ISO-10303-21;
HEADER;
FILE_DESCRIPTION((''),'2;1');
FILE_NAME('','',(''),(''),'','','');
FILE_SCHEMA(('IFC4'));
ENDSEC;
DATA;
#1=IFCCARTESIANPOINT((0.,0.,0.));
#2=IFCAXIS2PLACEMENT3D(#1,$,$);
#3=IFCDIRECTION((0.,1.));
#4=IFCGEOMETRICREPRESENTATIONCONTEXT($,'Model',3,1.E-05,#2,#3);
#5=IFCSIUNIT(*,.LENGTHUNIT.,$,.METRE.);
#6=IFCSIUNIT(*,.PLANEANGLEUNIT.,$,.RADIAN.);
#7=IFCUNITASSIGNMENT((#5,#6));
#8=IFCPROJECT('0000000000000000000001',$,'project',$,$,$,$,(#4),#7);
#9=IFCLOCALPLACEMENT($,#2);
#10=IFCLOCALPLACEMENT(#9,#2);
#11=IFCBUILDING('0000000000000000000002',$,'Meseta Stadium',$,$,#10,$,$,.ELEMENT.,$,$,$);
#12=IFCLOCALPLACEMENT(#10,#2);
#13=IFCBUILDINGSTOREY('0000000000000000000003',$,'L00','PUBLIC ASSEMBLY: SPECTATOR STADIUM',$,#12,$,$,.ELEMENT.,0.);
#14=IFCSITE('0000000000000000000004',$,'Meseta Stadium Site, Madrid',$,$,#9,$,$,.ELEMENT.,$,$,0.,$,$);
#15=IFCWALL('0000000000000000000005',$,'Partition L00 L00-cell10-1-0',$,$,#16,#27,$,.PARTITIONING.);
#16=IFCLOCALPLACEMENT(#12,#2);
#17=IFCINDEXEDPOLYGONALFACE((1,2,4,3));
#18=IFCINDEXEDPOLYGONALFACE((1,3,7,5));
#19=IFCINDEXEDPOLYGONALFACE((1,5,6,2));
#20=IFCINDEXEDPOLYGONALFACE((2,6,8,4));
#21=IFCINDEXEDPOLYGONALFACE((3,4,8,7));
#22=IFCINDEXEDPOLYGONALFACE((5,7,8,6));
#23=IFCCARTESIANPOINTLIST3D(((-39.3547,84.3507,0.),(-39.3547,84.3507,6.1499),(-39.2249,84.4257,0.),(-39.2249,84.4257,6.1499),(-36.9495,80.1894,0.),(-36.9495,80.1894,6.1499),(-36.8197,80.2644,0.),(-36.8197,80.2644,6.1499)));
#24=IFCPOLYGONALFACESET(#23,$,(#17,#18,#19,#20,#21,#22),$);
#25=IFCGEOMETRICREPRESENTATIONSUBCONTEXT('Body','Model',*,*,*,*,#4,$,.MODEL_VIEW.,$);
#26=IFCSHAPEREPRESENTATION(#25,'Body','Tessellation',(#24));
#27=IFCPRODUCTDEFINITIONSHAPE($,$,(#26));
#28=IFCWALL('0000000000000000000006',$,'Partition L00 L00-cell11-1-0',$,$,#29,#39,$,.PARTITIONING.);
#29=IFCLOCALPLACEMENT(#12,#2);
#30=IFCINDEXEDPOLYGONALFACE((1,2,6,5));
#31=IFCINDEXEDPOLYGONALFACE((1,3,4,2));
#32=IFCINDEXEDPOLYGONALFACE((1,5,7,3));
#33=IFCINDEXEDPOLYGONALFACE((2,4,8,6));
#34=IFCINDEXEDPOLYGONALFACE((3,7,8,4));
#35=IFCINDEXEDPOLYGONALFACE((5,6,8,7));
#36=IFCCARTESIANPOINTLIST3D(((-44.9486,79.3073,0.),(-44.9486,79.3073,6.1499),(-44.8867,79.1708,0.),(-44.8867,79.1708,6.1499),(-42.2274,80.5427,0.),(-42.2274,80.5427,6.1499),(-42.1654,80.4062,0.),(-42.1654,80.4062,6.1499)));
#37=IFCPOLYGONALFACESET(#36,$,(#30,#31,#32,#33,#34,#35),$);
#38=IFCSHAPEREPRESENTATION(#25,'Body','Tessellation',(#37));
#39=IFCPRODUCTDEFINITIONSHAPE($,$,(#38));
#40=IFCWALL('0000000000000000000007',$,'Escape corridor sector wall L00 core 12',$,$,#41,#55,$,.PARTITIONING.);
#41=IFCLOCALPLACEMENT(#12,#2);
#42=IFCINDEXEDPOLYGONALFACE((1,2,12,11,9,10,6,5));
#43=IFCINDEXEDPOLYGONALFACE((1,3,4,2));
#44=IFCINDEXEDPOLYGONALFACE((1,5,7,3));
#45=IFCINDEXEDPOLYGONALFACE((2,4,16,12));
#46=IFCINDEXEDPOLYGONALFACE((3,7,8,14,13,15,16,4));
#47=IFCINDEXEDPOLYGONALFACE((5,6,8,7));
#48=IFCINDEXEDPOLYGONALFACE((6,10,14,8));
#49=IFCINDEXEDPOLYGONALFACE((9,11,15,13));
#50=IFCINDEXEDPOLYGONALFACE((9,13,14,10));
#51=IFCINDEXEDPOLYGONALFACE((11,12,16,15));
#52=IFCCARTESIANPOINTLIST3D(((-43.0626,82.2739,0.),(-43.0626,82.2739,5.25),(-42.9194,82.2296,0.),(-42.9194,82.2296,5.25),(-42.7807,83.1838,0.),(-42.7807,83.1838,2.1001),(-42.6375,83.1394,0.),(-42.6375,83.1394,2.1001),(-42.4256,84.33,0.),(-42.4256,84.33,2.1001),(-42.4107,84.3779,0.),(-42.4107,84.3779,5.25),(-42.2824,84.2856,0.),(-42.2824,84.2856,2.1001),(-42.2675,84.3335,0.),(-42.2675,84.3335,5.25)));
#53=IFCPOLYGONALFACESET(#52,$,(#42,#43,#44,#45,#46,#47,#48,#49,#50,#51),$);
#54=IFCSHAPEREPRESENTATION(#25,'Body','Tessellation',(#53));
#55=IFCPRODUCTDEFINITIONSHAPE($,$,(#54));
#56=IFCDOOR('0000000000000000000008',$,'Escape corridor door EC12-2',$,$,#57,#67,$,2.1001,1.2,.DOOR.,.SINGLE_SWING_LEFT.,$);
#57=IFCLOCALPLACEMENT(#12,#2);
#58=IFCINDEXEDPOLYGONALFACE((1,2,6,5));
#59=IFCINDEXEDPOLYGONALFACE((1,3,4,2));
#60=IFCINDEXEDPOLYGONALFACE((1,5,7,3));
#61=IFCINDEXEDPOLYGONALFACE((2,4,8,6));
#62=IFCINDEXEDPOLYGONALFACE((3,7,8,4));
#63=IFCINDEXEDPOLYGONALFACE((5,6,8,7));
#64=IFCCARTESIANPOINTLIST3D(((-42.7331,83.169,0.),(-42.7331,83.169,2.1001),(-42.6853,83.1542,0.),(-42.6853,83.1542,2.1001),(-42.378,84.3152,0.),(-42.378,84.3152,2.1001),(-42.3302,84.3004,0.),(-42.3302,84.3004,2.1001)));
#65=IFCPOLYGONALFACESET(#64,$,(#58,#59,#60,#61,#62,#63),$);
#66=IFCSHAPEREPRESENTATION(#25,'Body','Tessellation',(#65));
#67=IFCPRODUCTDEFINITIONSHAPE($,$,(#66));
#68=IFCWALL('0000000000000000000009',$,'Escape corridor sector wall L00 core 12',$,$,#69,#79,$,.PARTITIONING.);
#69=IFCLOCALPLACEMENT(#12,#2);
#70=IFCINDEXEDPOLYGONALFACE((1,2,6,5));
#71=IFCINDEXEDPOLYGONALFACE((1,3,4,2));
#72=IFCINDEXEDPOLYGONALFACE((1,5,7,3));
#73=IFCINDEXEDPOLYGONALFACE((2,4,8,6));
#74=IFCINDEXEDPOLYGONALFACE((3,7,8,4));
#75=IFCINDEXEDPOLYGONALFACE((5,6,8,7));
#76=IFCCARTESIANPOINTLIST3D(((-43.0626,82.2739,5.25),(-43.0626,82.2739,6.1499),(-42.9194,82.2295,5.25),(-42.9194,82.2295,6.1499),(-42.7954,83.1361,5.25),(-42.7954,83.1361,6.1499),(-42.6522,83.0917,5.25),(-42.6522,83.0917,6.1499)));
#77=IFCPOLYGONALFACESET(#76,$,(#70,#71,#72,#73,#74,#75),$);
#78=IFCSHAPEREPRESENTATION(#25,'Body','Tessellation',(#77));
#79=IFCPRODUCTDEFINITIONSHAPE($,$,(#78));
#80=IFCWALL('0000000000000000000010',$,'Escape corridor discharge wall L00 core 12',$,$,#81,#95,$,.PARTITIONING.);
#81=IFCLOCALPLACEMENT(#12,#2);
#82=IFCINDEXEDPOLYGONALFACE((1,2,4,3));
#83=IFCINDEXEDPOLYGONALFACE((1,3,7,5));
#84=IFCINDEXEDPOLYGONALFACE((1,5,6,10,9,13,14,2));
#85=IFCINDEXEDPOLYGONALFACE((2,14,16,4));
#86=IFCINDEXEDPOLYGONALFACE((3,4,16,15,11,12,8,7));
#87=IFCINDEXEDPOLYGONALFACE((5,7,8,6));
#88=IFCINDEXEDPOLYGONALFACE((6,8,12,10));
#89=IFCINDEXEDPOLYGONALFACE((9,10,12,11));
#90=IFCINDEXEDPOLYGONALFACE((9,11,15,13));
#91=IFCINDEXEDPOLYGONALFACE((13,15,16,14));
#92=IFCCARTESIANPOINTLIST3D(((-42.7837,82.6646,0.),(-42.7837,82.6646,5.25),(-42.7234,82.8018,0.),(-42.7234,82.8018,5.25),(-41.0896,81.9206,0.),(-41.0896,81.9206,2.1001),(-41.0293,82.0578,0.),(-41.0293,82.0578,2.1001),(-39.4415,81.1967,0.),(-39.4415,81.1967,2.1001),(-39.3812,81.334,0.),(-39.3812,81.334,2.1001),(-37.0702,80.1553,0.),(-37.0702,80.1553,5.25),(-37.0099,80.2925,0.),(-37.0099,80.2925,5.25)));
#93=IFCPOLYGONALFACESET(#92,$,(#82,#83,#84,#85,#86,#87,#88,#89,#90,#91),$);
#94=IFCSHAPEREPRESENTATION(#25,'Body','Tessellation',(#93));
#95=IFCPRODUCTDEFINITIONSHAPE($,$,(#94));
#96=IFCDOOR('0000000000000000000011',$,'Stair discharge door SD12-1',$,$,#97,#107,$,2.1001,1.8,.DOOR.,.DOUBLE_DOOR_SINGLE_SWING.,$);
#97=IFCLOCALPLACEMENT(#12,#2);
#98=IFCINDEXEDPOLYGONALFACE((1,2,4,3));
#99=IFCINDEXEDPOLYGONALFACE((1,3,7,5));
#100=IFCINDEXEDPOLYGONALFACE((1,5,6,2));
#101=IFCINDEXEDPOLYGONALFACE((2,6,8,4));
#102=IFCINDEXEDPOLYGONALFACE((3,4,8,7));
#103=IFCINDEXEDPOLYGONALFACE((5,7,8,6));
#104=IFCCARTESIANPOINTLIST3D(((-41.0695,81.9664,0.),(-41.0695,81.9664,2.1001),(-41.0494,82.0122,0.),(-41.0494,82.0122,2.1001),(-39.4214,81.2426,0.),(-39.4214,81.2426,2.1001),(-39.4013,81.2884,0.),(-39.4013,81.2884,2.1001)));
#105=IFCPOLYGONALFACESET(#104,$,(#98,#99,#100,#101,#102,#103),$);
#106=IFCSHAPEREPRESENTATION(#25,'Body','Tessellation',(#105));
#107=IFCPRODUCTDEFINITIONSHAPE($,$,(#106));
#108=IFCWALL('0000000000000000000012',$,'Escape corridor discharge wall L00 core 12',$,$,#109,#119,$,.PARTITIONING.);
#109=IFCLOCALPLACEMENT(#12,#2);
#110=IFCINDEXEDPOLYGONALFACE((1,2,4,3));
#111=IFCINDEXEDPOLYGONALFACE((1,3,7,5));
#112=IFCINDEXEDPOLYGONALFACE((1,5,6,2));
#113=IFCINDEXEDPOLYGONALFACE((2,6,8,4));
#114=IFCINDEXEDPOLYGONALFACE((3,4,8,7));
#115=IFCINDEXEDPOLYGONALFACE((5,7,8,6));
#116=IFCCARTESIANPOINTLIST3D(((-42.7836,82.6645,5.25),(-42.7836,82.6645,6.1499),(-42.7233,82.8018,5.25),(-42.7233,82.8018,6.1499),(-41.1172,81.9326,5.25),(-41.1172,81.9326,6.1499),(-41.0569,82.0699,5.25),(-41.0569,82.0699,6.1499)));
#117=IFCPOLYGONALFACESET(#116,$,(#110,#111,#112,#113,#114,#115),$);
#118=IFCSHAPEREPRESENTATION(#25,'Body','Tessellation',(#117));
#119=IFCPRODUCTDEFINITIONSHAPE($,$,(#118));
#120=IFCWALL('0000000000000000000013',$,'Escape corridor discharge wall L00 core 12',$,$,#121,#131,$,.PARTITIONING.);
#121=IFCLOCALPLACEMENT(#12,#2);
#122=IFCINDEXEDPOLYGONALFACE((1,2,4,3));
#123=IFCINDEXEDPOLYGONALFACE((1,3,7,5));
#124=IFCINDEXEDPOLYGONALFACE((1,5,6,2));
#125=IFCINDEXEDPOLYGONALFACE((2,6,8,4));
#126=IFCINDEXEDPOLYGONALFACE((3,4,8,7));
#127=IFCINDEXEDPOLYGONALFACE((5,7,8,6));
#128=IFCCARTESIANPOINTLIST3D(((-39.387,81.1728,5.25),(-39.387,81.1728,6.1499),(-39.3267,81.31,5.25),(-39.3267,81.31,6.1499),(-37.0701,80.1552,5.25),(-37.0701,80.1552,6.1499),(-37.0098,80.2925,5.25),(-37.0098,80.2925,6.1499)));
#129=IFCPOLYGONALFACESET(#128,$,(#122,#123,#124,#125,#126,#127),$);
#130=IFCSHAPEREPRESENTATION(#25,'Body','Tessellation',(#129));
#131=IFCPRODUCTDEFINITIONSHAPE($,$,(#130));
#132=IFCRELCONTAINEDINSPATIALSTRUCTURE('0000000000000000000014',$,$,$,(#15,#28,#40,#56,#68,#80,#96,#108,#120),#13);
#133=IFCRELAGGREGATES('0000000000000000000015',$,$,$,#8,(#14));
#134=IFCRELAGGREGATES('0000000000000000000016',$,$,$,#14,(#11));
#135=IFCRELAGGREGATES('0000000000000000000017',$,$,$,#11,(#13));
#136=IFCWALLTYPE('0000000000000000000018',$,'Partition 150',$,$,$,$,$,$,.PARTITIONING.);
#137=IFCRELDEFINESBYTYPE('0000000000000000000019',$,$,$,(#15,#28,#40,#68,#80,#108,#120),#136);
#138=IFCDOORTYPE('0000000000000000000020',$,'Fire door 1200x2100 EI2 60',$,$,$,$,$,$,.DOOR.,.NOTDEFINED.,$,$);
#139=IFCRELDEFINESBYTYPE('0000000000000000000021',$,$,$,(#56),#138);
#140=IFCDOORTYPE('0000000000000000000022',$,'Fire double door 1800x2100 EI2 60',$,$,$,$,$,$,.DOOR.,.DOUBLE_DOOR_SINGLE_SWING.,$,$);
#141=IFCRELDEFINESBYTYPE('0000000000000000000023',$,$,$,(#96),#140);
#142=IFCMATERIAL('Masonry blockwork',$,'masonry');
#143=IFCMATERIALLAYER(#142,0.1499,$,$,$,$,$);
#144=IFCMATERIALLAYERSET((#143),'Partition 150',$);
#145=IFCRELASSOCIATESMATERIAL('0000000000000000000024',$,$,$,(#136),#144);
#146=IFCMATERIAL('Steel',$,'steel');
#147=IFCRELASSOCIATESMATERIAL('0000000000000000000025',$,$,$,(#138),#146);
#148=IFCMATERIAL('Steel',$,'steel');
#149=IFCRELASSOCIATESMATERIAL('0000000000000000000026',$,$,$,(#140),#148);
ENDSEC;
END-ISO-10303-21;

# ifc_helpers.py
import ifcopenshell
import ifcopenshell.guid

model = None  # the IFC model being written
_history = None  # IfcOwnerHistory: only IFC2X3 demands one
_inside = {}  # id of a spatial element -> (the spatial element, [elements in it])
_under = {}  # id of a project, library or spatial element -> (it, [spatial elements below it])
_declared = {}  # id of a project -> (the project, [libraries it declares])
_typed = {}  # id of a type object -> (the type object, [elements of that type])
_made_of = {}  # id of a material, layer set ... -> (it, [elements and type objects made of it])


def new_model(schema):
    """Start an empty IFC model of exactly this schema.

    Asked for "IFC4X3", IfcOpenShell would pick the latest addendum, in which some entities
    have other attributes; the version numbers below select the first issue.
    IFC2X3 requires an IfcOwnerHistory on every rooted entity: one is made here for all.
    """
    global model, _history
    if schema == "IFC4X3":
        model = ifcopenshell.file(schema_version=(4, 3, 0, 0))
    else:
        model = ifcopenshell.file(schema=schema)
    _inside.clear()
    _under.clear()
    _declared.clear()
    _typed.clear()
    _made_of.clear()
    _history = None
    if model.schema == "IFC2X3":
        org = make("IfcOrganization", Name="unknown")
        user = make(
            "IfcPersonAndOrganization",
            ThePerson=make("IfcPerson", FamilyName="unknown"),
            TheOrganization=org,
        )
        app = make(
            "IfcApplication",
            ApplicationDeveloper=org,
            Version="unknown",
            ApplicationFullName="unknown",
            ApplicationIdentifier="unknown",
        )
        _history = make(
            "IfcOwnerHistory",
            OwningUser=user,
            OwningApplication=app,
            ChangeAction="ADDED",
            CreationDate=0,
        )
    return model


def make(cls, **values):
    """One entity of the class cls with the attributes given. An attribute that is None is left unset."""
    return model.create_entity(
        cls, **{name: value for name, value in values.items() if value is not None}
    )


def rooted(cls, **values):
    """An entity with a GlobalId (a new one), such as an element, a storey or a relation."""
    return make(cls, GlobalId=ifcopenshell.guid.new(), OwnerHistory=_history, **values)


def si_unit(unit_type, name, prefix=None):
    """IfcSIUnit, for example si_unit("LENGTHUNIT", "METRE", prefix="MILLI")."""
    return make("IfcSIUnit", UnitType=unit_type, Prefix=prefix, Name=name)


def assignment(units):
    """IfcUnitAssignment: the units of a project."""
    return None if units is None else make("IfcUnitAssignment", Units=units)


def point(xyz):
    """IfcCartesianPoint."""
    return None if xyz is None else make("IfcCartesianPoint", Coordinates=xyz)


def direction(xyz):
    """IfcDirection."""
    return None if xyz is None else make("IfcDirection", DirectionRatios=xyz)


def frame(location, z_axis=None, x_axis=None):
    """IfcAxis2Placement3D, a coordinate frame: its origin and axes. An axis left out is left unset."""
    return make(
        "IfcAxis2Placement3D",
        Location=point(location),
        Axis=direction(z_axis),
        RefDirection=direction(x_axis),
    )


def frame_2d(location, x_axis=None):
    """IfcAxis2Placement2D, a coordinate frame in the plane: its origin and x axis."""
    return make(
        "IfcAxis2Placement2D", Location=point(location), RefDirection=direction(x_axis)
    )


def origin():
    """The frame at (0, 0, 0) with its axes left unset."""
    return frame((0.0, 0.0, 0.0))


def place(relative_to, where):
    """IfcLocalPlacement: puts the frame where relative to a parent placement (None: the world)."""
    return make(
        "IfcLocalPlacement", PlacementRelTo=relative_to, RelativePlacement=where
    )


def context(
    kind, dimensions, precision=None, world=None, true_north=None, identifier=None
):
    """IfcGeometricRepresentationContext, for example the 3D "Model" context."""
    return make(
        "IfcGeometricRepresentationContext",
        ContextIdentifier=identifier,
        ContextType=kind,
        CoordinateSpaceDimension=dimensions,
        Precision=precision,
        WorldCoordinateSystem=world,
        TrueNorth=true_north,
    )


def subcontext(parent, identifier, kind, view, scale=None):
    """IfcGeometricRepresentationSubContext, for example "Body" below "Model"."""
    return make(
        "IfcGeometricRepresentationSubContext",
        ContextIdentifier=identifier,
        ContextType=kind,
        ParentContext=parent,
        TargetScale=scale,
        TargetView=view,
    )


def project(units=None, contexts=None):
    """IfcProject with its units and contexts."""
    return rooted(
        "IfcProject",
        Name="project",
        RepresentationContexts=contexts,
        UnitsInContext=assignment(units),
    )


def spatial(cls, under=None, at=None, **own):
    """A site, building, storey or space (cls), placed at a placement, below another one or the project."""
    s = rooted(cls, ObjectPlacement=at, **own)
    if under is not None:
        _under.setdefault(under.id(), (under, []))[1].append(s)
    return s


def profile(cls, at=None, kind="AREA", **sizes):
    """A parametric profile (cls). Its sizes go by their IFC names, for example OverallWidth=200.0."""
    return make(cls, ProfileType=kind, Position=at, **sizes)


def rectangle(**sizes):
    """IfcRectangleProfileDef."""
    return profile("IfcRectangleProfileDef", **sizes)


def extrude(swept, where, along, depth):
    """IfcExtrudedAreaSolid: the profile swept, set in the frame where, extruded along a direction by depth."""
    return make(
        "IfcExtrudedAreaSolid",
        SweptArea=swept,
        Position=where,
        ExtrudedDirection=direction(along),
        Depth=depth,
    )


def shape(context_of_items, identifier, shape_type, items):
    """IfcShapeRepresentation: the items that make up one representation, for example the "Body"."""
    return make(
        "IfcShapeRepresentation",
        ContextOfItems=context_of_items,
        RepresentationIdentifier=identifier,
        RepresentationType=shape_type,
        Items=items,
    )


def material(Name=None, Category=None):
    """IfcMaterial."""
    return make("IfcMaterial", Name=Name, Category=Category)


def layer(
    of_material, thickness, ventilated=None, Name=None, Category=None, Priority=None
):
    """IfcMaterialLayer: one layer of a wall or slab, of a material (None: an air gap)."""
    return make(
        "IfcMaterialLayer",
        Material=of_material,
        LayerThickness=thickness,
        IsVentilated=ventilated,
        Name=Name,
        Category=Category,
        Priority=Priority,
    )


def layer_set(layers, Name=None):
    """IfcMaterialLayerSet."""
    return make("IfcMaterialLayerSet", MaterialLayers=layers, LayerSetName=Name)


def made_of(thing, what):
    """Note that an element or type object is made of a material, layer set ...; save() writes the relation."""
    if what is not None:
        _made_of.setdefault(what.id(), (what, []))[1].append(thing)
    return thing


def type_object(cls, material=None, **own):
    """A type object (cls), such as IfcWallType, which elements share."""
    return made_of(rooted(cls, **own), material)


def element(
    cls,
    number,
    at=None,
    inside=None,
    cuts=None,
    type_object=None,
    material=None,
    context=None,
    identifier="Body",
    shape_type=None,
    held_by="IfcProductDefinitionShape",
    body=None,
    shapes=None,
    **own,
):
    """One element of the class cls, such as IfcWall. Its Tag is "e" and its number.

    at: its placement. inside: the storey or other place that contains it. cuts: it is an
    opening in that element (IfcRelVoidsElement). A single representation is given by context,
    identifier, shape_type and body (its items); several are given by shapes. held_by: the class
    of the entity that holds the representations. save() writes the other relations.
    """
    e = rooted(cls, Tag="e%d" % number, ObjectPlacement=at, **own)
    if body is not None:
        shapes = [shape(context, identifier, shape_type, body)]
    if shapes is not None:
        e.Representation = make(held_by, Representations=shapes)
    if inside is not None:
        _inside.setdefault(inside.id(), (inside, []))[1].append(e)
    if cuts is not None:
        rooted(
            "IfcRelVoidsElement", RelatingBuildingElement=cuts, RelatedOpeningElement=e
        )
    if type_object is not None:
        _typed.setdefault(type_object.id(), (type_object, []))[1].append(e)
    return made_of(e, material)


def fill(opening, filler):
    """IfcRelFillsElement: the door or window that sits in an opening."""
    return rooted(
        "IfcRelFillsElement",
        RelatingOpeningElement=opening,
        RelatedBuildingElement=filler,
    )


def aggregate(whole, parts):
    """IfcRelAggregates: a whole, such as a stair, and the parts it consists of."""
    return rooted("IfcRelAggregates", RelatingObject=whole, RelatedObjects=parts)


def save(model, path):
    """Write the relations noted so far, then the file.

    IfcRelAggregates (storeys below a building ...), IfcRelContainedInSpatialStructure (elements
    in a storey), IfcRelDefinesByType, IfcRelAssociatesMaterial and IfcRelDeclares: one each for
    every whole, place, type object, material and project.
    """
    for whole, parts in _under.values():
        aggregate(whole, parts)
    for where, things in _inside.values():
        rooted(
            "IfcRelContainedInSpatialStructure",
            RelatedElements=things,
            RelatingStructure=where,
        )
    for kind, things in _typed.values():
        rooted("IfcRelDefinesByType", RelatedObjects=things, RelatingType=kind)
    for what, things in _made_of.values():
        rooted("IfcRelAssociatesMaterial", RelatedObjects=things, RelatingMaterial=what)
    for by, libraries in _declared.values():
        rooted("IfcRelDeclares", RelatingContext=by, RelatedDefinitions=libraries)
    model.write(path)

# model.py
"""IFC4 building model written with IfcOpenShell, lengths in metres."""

from ifc_helpers import new_model, si_unit, direction, frame, frame_2d, origin, place, context, subcontext, project, spatial, rectangle, extrude, material, layer, layer_set, type_object, element, fill, save


model = new_model("IFC4")

# Units and contexts
model_context = context("Model", 3, precision=1e-05, world=origin(), true_north=direction((0.0, 1.0)))
body_context = subcontext(model_context, "Body", "Model", "MODEL_VIEW")
ifc_project = project(units=[si_unit("LENGTHUNIT", "METRE"), si_unit("PLANEANGLEUNIT", "RADIAN")], contexts=[model_context])

# Site, building, storey
site_placement = place(None, origin())
site = spatial("IfcSite", under=ifc_project, at=site_placement, Name="Meseta Stadium Site, Madrid", CompositionType="ELEMENT", RefElevation=0.0)
building_placement = place(site_placement, origin())
building = spatial("IfcBuilding", under=site, at=building_placement, Name="Meseta Stadium", CompositionType="ELEMENT")
storey_placement = place(building_placement, origin())
storey = spatial("IfcBuildingStorey", under=building, at=storey_placement, Name="L00", Description="PUBLIC ASSEMBLY: SPECTATOR STADIUM", CompositionType="ELEMENT", Elevation=0.0)

# Walls
ifc_material_1 = material(Name="Masonry blockwork", Category="masonry")
ifc_layer = layer(ifc_material_1, 0.1499)
ifc_layer_set = layer_set([ifc_layer], Name="Partition 150")
wall_type = type_object("IfcWallType", Name="Partition 150", PredefinedType="PARTITIONING", material=ifc_layer_set)
wall_1_placement = place(storey_placement, frame((-36.8845, 80.2268, 0.0), z_axis=(0.0, 0.0, 1.0), x_axis=(-0.500421, 0.865782, 0.0)))
element("IfcWall", 1, at=wall_1_placement, inside=storey, type_object=wall_type, Name="Partition L00 L00-cell10-1-0", PredefinedType="PARTITIONING", context=body_context, shape_type="SweptSolid", body=[
    extrude(rectangle(XDim=4.8064, YDim=0.1499, at=frame_2d((2.4033, 0.0))), origin(), (0.0, 0.0, 1.0), 6.1499),
])
wall_2_placement = place(storey_placement, frame((-42.1965, 80.4744, 0.0), z_axis=(0.0, 0.0, 1.0), x_axis=(-0.910562, -0.413372, 0.0)))
element("IfcWall", 2, at=wall_2_placement, inside=storey, type_object=wall_type, Name="Partition L00 L00-cell11-1-0", PredefinedType="PARTITIONING", context=body_context, shape_type="SweptSolid", body=[
    extrude(rectangle(XDim=2.9885, YDim=0.1499, at=frame_2d((1.4941, 0.0))), origin(), (0.0, 0.0, 1.0), 6.1499),
])

# Wall, opening, door
wall_3_placement = place(storey_placement, frame((-42.3391, 84.3557, 0.0), z_axis=(0.0, 0.0, 1.0), x_axis=(-0.295939, -0.955207, 0.0)))
wall_3 = element("IfcWall", 3, at=wall_3_placement, inside=storey, type_object=wall_type, Name="Escape corridor sector wall L00 core 12", PredefinedType="PARTITIONING", context=body_context, shape_type="SweptSolid", body=[
    extrude(rectangle(XDim=2.2026, YDim=0.1499, at=frame_2d((1.1013, 0.0))), origin(), (0.0, 0.0, 1.0), 5.25),
])
opening_1_placement = place(wall_3_placement, frame((0.05, 0.0, 0.0)))
opening_1 = element("IfcOpeningElement", 4, at=opening_1_placement, cuts=wall_3, PredefinedType="OPENING", context=body_context, shape_type="SweptSolid", body=[
    extrude(rectangle(XDim=1.2, YDim=2.1001, at=frame_2d((0.6001, 1.05))), frame((0.0, 0.085, 0.0), z_axis=(0.0, -1.0, 0.0), x_axis=(1.0, 0.0, 0.0)), (0.0, 0.0, 1.0), 0.1699),
])
ifc_material_2 = material(Name="Steel", Category="steel")
door_type_1 = type_object("IfcDoorType", Name="Fire door 1200x2100 EI2 60", OperationType="NOTDEFINED", PredefinedType="DOOR", material=ifc_material_2)
door_1_placement = place(opening_1_placement, origin())
door_1 = element("IfcDoor", 5, at=door_1_placement, inside=storey, type_object=door_type_1, Name="Escape corridor door EC12-2", OperationType="SINGLE_SWING_LEFT", OverallHeight=2.1001, OverallWidth=1.2, PredefinedType="DOOR", context=body_context, shape_type="SweptSolid", body=[
    extrude(rectangle(XDim=1.2, YDim=2.1001, at=frame_2d((0.6001, 1.05))), frame((0.0, 0.0249, 0.0), z_axis=(0.0, -1.0, 0.0), x_axis=(1.0, 0.0, 0.0)), (0.0, 0.0, 1.0), 0.05),
])
fill(opening_1, door_1)

# Wall
wall_4_placement = place(storey_placement, frame((-42.7239, 83.1138, 5.25), z_axis=(0.0, 0.0, 1.0), x_axis=(-0.295948, -0.955204, 0.0)))
element("IfcWall", 6, at=wall_4_placement, inside=storey, type_object=wall_type, Name="Escape corridor sector wall L00 core 12", PredefinedType="PARTITIONING", context=body_context, shape_type="SweptSolid", body=[
    extrude(rectangle(XDim=0.9026, YDim=0.1499, at=frame_2d((0.4512, 0.0))), origin(), (0.0, 0.0, 1.0), 0.8999),
])

# Wall, opening, door
wall_5_placement = place(storey_placement, frame((-37.04, 80.2239, 0.0), z_axis=(0.0, 0.0, 1.0), x_axis=(-0.915587, 0.40212, 0.0)))
wall_5 = element("IfcWall", 7, at=wall_5_placement, inside=storey, type_object=wall_type, Name="Escape corridor discharge wall L00 core 12", PredefinedType="PARTITIONING", context=body_context, shape_type="SweptSolid", body=[
    extrude(rectangle(XDim=6.2402, YDim=0.1499, at=frame_2d((3.1201, 0.0))), origin(), (0.0, 0.0, 1.0), 5.25),
])
opening_2_placement = place(wall_5_placement, frame((2.5901, 0.0, 0.0)))
opening_2 = element("IfcOpeningElement", 8, at=opening_2_placement, cuts=wall_5, PredefinedType="OPENING", context=body_context, shape_type="SweptSolid", body=[
    extrude(rectangle(XDim=1.8, YDim=2.1001, at=frame_2d((0.8999, 1.05))), frame((0.0, 0.085, 0.0), z_axis=(0.0, -1.0, 0.0), x_axis=(1.0, 0.0, 0.0)), (0.0, 0.0, 1.0), 0.1699),
])
ifc_material_3 = material(Name="Steel", Category="steel")
door_type_2 = type_object("IfcDoorType", Name="Fire double door 1800x2100 EI2 60", OperationType="DOUBLE_DOOR_SINGLE_SWING", PredefinedType="DOOR", material=ifc_material_3)
door_2_placement = place(opening_2_placement, origin())
door_2 = element("IfcDoor", 9, at=door_2_placement, inside=storey, type_object=door_type_2, Name="Stair discharge door SD12-1", OperationType="DOUBLE_DOOR_SINGLE_SWING", OverallHeight=2.1001, OverallWidth=1.8, PredefinedType="DOOR", context=body_context, shape_type="SweptSolid", body=[
    extrude(rectangle(XDim=1.8, YDim=2.1001, at=frame_2d((0.8999, 1.05))), frame((0.0, 0.0249, 0.0), z_axis=(0.0, -1.0, 0.0), x_axis=(1.0, 0.0, 0.0)), (0.0, 0.0, 1.0), 0.05),
])
fill(opening_2, door_2)

# Walls
wall_6_placement = place(storey_placement, frame((-41.0869, 82.0012, 5.25), z_axis=(0.0, 0.0, 1.0), x_axis=(-0.915584, 0.402127, 0.0)))
element("IfcWall", 10, at=wall_6_placement, inside=storey, type_object=wall_type, Name="Escape corridor discharge wall L00 core 12", PredefinedType="PARTITIONING", context=body_context, shape_type="SweptSolid", body=[
    extrude(rectangle(XDim=1.8201, YDim=0.1499, at=frame_2d((0.9102, 0.0))), origin(), (0.0, 0.0, 1.0), 0.8999),
])
wall_7_placement = place(storey_placement, frame((-37.04, 80.2239, 5.25), z_axis=(0.0, 0.0, 1.0), x_axis=(-0.915585, 0.402124, 0.0)))
element("IfcWall", 11, at=wall_7_placement, inside=storey, type_object=wall_type, Name="Escape corridor discharge wall L00 core 12", PredefinedType="PARTITIONING", context=body_context, shape_type="SweptSolid", body=[
    extrude(rectangle(XDim=2.5305, YDim=0.1499, at=frame_2d((1.2651, 0.0))), origin(), (0.0, 0.0, 1.0), 0.8999),
])

save(model, "model.ifc")
